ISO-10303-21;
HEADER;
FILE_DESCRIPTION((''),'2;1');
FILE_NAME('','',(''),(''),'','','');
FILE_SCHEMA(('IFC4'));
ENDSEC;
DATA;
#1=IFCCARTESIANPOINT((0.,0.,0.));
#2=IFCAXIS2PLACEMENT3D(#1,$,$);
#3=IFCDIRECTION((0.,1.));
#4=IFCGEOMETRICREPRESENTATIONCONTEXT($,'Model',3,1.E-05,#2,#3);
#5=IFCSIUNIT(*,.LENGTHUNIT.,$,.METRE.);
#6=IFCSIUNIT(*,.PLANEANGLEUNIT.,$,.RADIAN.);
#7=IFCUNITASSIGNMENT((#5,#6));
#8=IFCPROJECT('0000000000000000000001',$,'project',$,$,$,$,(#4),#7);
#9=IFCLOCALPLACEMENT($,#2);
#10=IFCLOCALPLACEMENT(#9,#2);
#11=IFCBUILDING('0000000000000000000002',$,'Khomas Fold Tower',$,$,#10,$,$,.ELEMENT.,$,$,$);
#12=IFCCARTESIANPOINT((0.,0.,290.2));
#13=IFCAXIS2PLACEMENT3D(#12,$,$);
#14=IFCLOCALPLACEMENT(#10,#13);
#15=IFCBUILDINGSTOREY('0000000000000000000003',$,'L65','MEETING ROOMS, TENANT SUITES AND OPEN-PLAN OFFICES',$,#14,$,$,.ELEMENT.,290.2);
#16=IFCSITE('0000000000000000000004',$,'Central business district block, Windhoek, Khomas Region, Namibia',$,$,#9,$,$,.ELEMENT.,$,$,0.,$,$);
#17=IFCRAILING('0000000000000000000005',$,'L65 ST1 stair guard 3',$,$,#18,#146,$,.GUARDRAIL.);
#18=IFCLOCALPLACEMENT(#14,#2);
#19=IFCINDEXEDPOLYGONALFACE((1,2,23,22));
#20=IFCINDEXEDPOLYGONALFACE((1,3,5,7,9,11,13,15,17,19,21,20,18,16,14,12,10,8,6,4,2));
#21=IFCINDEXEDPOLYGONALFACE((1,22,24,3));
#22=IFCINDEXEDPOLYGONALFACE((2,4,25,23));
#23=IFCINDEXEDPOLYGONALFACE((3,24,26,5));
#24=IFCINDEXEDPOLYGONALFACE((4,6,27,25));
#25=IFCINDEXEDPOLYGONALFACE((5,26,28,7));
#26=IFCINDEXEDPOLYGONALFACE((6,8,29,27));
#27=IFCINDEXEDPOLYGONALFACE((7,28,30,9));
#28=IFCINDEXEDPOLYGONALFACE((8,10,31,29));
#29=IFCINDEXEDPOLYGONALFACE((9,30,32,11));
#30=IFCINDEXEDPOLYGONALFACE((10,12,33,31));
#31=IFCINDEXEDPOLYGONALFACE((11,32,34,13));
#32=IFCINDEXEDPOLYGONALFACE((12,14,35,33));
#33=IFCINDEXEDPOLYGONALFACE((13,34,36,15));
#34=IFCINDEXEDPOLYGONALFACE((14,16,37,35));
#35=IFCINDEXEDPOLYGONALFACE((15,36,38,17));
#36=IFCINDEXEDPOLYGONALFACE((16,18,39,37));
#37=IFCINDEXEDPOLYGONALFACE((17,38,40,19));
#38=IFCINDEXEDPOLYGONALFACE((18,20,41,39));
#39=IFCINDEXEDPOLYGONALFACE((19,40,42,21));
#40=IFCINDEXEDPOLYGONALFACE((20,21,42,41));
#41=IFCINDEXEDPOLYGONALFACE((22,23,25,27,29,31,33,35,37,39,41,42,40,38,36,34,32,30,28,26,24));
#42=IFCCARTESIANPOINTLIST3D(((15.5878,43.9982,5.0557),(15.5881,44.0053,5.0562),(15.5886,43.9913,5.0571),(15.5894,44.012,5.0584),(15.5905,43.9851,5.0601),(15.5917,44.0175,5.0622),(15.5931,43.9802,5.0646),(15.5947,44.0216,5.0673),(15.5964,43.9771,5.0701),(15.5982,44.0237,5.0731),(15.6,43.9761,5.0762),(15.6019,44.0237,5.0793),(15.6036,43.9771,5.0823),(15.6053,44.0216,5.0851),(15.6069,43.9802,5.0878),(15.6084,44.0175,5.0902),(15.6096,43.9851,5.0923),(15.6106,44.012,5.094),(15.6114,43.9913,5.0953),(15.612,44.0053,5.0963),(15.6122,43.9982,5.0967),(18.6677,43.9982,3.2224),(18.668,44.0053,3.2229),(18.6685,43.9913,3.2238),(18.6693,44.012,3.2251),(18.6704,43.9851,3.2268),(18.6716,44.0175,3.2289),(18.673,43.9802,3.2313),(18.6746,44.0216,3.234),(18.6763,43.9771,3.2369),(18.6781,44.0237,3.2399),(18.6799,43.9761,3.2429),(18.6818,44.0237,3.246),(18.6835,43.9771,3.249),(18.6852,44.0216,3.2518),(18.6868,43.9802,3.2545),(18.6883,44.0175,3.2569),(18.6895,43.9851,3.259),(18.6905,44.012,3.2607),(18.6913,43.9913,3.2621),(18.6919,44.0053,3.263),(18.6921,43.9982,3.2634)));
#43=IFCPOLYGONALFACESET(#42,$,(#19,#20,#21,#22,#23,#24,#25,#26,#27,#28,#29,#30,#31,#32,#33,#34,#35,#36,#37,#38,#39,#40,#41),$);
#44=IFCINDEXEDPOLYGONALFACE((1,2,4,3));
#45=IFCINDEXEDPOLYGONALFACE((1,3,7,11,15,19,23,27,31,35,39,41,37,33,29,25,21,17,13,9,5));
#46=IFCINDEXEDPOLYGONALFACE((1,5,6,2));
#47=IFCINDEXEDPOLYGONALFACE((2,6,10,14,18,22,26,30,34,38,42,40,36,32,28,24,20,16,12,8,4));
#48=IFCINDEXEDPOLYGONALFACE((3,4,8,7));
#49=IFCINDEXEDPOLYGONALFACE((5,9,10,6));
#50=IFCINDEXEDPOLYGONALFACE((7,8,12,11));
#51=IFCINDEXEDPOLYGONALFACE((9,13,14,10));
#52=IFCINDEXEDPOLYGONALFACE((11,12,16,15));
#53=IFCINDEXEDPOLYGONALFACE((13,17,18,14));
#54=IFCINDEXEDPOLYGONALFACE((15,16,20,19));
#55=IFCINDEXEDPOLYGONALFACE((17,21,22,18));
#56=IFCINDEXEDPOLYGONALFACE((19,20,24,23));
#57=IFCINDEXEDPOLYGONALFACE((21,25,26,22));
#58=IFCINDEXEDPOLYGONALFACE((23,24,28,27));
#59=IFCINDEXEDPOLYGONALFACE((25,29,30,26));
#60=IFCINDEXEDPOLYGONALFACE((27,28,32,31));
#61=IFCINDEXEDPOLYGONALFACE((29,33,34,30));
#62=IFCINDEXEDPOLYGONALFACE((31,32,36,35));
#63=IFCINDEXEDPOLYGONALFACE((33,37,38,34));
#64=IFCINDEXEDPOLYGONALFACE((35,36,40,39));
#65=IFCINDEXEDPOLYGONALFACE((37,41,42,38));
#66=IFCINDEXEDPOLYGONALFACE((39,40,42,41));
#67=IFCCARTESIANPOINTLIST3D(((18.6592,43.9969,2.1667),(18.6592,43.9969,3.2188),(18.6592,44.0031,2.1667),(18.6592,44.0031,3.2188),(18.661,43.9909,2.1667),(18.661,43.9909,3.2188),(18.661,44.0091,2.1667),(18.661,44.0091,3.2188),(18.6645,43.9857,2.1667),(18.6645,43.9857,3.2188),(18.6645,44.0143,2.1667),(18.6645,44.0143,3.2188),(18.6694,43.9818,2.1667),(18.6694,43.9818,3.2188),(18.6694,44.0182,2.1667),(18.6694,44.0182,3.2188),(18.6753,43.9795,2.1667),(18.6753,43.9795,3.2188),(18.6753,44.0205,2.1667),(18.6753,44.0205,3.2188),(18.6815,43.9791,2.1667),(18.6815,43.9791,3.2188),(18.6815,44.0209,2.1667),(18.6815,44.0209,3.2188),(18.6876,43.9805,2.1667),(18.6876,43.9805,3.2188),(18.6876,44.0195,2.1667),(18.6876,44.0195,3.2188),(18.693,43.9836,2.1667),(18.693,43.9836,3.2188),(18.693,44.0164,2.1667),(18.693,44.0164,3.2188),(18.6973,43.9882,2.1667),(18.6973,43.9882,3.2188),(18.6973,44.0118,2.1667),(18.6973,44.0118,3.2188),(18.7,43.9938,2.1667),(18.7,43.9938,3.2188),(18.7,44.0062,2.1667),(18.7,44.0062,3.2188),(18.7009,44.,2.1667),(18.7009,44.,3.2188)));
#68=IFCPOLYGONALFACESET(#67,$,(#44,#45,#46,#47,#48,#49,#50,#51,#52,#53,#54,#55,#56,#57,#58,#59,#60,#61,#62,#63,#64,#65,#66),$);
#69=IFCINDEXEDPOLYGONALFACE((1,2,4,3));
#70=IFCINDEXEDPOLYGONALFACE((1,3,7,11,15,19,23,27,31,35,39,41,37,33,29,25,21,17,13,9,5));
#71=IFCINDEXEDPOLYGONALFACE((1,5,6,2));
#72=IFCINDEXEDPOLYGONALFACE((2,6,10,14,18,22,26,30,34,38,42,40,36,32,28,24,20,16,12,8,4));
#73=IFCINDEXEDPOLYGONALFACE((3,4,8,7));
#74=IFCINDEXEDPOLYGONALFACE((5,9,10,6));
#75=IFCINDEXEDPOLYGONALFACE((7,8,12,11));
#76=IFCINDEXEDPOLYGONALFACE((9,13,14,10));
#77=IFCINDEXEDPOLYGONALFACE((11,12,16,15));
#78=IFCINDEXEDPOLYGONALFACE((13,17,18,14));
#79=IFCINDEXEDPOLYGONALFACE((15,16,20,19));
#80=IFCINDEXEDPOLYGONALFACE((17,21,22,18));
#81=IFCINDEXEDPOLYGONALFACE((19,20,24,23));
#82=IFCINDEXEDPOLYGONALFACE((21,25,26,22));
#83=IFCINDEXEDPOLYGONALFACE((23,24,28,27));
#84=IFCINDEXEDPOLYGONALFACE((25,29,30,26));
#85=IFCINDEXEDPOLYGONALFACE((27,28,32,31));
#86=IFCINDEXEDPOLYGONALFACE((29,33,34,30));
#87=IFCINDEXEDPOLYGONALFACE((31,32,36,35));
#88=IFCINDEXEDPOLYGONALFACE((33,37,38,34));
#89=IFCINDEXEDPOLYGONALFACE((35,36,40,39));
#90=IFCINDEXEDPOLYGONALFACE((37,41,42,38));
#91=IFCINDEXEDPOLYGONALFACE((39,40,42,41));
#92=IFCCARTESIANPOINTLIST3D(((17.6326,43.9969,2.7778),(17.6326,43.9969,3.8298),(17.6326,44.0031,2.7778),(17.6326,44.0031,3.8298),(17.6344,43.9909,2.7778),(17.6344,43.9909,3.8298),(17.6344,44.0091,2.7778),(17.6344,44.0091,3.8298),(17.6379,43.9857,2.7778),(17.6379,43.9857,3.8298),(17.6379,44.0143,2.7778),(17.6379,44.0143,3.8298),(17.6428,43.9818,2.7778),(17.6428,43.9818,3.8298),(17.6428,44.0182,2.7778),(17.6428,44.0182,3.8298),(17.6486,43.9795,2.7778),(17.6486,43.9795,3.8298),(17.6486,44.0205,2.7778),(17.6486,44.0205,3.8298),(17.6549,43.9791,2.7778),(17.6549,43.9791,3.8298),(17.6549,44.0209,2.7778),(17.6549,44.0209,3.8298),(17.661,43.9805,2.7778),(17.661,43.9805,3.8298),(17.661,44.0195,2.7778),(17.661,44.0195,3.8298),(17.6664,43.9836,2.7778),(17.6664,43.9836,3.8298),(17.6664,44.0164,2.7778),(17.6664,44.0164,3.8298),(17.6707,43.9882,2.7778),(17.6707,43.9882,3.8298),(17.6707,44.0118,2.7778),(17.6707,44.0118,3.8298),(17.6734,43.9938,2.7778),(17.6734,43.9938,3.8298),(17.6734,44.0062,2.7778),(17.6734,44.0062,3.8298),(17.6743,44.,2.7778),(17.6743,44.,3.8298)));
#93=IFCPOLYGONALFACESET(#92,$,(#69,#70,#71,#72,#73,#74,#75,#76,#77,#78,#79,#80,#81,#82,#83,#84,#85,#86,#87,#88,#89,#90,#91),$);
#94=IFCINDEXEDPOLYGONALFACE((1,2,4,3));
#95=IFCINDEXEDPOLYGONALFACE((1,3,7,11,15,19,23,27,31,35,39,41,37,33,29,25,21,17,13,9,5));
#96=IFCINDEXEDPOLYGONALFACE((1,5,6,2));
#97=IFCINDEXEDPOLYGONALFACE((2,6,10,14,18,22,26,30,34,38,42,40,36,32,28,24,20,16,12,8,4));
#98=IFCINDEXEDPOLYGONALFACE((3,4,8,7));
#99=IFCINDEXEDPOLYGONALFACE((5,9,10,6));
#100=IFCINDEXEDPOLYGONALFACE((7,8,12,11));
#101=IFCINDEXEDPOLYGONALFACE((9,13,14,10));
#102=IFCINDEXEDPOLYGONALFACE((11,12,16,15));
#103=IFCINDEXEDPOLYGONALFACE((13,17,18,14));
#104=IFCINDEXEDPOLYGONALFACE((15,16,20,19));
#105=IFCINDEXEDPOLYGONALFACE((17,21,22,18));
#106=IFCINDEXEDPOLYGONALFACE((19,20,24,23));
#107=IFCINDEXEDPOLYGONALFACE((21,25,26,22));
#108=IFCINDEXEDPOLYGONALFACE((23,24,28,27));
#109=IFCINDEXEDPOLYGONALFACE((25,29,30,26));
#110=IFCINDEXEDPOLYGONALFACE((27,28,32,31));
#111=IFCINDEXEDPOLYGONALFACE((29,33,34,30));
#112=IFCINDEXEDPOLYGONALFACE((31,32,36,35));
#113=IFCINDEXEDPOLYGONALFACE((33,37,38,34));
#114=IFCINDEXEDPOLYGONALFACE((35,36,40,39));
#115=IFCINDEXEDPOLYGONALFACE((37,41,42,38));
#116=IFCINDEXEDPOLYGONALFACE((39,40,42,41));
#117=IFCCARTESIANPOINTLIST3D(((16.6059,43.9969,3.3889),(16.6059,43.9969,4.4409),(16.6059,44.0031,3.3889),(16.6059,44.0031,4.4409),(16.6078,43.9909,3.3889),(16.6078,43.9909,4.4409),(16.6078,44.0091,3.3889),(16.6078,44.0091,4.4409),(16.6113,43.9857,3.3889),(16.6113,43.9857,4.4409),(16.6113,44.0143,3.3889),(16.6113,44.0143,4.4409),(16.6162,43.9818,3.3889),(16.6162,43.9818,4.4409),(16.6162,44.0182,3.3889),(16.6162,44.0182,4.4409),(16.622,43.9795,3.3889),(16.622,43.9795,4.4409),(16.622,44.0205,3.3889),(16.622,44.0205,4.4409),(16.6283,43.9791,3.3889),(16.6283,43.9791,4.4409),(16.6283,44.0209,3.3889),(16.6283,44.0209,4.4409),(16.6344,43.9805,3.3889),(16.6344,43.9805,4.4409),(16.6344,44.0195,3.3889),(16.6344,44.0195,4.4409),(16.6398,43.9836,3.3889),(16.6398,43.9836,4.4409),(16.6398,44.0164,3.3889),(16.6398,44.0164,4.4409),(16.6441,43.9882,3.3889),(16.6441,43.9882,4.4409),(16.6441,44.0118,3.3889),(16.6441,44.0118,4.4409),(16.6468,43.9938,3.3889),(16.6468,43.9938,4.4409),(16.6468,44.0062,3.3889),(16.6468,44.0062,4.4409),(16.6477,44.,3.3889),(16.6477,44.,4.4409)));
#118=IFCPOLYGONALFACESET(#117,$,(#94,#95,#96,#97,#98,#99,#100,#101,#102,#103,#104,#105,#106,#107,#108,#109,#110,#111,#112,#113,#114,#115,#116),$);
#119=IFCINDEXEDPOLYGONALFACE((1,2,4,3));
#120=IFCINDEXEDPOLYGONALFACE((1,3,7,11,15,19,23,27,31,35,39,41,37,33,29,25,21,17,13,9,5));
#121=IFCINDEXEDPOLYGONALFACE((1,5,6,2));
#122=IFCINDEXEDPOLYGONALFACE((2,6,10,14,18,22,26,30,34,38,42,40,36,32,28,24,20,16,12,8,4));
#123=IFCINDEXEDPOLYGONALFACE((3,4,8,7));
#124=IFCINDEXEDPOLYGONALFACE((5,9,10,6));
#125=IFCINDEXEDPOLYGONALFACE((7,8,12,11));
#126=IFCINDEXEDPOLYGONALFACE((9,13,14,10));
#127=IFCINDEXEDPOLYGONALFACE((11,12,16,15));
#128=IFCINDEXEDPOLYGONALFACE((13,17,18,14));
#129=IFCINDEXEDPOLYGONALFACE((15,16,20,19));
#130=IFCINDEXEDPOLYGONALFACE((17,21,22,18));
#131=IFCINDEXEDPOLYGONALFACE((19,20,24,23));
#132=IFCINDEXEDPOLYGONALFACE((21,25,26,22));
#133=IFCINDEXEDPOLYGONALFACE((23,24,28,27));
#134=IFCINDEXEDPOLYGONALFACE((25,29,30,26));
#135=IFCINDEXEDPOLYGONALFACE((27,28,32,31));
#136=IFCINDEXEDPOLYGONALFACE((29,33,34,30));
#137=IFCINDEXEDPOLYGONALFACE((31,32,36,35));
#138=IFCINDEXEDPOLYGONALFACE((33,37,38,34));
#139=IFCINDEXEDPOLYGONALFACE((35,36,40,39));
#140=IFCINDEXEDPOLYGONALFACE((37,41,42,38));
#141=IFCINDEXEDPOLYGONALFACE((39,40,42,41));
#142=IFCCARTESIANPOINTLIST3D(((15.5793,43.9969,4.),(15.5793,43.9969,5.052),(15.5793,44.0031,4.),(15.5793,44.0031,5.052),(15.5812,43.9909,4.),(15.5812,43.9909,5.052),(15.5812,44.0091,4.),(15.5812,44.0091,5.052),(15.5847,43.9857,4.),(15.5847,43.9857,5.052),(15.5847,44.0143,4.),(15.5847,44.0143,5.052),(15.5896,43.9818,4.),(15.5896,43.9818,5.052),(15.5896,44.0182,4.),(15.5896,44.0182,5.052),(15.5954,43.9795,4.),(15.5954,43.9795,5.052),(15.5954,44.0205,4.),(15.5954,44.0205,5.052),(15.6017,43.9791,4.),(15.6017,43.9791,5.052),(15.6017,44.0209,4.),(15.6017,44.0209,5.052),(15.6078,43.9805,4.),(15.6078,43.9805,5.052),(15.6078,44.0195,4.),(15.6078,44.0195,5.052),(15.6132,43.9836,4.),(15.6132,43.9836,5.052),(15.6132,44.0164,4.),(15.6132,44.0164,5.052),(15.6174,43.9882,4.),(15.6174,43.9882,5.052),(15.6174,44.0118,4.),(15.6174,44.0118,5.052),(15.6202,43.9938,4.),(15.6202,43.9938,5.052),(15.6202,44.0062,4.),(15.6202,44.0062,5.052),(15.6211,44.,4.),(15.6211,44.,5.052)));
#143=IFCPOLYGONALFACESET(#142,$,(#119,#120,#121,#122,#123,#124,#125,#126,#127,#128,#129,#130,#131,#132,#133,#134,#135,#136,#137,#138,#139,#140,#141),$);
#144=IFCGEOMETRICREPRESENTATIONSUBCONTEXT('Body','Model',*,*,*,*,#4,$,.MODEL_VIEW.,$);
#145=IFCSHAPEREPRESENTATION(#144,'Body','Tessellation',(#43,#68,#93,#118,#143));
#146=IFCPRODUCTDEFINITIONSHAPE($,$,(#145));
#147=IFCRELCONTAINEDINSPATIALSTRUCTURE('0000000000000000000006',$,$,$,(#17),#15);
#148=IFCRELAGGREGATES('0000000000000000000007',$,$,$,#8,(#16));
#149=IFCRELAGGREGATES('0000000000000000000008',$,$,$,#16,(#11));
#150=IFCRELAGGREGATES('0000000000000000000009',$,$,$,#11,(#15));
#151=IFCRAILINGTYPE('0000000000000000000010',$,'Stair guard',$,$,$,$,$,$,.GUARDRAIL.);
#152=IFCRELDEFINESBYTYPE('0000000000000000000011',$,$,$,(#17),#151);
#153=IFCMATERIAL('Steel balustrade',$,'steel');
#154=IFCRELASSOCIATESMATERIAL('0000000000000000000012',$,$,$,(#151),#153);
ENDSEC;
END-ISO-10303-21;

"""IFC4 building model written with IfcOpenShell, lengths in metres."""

from ifc_helpers import new_model, si_unit, direction, frame, origin, origin_2d, place, context, subcontext, project, spatial, circle, extrude, source, transform, mapped, material, type_object, element, save


model = new_model("IFC4")

# Units and contexts
model_context = context("Model", 3, precision=1e-05, world=origin(), true_north=direction((0.0, 1.0)))
body_context = subcontext(model_context, "Body", "Model", "MODEL_VIEW")
ifc_project = project(units=[si_unit("LENGTHUNIT", "METRE"), si_unit("PLANEANGLEUNIT", "RADIAN")], contexts=[model_context])

# Site, building, storey
site_placement = place(None, origin())
site = spatial("IfcSite", under=ifc_project, at=site_placement, Name="Central business district block, Windhoek, Khomas Region, Namibia", CompositionType="ELEMENT", RefElevation=0.0)
building_placement = place(site_placement, origin())
building = spatial("IfcBuilding", under=site, at=building_placement, Name="Khomas Fold Tower", CompositionType="ELEMENT")
storey_placement = place(building_placement, frame((0.0, 0.0, 290.2)))
storey = spatial("IfcBuildingStorey", under=building, at=storey_placement, Name="L65", Description="MEETING ROOMS, TENANT SUITES AND OPEN-PLAN OFFICES", CompositionType="ELEMENT", Elevation=290.2)

# Railing
ifc_material_1 = material(Name="Steel balustrade", Category="steel")
railing_type_1 = type_object("IfcRailingType", Name="Stair guard", PredefinedType="GUARDRAIL", material=ifc_material_1)
shared_shape_1 = source(origin(), body_context, "Body", "SweptSolid", [
    extrude(circle(Radius=0.0239, at=origin_2d()), frame((0.0, 0.0, 1.0762), z_axis=(-0.859291, 0.0, 0.511487), x_axis=(0.0, -1.0, 0.0)), (0.0, 0.0, 1.0), 3.5842),
    extrude(circle(Radius=0.021, at=origin_2d()), origin(), (0.0, 0.0, 1.0), 1.052),
    extrude(circle(Radius=0.021, at=origin_2d()), frame((-1.0266, 0.0, 0.6111)), (0.0, 0.0, 1.0), 1.052),
    extrude(circle(Radius=0.021, at=origin_2d()), frame((-2.0532, 0.0, 1.2222)), (0.0, 0.0, 1.0), 1.052),
    extrude(circle(Radius=0.021, at=origin_2d()), frame((-3.0798, 0.0, 1.8333)), (0.0, 0.0, 1.0), 1.052),
])
railing_1_placement = place(storey_placement, frame((18.6799, 44.0, 2.1667)))
element("IfcRailing", 1, at=railing_1_placement, inside=storey, type_object=railing_type_1, Name="L65 ST1 stair guard 3", PredefinedType="GUARDRAIL", context=body_context, shape_type="MappedRepresentation", body=[
    mapped(shared_shape_1, transform((0.0, 0.0, 0.0))),
])

save(model, "model.ifc")
